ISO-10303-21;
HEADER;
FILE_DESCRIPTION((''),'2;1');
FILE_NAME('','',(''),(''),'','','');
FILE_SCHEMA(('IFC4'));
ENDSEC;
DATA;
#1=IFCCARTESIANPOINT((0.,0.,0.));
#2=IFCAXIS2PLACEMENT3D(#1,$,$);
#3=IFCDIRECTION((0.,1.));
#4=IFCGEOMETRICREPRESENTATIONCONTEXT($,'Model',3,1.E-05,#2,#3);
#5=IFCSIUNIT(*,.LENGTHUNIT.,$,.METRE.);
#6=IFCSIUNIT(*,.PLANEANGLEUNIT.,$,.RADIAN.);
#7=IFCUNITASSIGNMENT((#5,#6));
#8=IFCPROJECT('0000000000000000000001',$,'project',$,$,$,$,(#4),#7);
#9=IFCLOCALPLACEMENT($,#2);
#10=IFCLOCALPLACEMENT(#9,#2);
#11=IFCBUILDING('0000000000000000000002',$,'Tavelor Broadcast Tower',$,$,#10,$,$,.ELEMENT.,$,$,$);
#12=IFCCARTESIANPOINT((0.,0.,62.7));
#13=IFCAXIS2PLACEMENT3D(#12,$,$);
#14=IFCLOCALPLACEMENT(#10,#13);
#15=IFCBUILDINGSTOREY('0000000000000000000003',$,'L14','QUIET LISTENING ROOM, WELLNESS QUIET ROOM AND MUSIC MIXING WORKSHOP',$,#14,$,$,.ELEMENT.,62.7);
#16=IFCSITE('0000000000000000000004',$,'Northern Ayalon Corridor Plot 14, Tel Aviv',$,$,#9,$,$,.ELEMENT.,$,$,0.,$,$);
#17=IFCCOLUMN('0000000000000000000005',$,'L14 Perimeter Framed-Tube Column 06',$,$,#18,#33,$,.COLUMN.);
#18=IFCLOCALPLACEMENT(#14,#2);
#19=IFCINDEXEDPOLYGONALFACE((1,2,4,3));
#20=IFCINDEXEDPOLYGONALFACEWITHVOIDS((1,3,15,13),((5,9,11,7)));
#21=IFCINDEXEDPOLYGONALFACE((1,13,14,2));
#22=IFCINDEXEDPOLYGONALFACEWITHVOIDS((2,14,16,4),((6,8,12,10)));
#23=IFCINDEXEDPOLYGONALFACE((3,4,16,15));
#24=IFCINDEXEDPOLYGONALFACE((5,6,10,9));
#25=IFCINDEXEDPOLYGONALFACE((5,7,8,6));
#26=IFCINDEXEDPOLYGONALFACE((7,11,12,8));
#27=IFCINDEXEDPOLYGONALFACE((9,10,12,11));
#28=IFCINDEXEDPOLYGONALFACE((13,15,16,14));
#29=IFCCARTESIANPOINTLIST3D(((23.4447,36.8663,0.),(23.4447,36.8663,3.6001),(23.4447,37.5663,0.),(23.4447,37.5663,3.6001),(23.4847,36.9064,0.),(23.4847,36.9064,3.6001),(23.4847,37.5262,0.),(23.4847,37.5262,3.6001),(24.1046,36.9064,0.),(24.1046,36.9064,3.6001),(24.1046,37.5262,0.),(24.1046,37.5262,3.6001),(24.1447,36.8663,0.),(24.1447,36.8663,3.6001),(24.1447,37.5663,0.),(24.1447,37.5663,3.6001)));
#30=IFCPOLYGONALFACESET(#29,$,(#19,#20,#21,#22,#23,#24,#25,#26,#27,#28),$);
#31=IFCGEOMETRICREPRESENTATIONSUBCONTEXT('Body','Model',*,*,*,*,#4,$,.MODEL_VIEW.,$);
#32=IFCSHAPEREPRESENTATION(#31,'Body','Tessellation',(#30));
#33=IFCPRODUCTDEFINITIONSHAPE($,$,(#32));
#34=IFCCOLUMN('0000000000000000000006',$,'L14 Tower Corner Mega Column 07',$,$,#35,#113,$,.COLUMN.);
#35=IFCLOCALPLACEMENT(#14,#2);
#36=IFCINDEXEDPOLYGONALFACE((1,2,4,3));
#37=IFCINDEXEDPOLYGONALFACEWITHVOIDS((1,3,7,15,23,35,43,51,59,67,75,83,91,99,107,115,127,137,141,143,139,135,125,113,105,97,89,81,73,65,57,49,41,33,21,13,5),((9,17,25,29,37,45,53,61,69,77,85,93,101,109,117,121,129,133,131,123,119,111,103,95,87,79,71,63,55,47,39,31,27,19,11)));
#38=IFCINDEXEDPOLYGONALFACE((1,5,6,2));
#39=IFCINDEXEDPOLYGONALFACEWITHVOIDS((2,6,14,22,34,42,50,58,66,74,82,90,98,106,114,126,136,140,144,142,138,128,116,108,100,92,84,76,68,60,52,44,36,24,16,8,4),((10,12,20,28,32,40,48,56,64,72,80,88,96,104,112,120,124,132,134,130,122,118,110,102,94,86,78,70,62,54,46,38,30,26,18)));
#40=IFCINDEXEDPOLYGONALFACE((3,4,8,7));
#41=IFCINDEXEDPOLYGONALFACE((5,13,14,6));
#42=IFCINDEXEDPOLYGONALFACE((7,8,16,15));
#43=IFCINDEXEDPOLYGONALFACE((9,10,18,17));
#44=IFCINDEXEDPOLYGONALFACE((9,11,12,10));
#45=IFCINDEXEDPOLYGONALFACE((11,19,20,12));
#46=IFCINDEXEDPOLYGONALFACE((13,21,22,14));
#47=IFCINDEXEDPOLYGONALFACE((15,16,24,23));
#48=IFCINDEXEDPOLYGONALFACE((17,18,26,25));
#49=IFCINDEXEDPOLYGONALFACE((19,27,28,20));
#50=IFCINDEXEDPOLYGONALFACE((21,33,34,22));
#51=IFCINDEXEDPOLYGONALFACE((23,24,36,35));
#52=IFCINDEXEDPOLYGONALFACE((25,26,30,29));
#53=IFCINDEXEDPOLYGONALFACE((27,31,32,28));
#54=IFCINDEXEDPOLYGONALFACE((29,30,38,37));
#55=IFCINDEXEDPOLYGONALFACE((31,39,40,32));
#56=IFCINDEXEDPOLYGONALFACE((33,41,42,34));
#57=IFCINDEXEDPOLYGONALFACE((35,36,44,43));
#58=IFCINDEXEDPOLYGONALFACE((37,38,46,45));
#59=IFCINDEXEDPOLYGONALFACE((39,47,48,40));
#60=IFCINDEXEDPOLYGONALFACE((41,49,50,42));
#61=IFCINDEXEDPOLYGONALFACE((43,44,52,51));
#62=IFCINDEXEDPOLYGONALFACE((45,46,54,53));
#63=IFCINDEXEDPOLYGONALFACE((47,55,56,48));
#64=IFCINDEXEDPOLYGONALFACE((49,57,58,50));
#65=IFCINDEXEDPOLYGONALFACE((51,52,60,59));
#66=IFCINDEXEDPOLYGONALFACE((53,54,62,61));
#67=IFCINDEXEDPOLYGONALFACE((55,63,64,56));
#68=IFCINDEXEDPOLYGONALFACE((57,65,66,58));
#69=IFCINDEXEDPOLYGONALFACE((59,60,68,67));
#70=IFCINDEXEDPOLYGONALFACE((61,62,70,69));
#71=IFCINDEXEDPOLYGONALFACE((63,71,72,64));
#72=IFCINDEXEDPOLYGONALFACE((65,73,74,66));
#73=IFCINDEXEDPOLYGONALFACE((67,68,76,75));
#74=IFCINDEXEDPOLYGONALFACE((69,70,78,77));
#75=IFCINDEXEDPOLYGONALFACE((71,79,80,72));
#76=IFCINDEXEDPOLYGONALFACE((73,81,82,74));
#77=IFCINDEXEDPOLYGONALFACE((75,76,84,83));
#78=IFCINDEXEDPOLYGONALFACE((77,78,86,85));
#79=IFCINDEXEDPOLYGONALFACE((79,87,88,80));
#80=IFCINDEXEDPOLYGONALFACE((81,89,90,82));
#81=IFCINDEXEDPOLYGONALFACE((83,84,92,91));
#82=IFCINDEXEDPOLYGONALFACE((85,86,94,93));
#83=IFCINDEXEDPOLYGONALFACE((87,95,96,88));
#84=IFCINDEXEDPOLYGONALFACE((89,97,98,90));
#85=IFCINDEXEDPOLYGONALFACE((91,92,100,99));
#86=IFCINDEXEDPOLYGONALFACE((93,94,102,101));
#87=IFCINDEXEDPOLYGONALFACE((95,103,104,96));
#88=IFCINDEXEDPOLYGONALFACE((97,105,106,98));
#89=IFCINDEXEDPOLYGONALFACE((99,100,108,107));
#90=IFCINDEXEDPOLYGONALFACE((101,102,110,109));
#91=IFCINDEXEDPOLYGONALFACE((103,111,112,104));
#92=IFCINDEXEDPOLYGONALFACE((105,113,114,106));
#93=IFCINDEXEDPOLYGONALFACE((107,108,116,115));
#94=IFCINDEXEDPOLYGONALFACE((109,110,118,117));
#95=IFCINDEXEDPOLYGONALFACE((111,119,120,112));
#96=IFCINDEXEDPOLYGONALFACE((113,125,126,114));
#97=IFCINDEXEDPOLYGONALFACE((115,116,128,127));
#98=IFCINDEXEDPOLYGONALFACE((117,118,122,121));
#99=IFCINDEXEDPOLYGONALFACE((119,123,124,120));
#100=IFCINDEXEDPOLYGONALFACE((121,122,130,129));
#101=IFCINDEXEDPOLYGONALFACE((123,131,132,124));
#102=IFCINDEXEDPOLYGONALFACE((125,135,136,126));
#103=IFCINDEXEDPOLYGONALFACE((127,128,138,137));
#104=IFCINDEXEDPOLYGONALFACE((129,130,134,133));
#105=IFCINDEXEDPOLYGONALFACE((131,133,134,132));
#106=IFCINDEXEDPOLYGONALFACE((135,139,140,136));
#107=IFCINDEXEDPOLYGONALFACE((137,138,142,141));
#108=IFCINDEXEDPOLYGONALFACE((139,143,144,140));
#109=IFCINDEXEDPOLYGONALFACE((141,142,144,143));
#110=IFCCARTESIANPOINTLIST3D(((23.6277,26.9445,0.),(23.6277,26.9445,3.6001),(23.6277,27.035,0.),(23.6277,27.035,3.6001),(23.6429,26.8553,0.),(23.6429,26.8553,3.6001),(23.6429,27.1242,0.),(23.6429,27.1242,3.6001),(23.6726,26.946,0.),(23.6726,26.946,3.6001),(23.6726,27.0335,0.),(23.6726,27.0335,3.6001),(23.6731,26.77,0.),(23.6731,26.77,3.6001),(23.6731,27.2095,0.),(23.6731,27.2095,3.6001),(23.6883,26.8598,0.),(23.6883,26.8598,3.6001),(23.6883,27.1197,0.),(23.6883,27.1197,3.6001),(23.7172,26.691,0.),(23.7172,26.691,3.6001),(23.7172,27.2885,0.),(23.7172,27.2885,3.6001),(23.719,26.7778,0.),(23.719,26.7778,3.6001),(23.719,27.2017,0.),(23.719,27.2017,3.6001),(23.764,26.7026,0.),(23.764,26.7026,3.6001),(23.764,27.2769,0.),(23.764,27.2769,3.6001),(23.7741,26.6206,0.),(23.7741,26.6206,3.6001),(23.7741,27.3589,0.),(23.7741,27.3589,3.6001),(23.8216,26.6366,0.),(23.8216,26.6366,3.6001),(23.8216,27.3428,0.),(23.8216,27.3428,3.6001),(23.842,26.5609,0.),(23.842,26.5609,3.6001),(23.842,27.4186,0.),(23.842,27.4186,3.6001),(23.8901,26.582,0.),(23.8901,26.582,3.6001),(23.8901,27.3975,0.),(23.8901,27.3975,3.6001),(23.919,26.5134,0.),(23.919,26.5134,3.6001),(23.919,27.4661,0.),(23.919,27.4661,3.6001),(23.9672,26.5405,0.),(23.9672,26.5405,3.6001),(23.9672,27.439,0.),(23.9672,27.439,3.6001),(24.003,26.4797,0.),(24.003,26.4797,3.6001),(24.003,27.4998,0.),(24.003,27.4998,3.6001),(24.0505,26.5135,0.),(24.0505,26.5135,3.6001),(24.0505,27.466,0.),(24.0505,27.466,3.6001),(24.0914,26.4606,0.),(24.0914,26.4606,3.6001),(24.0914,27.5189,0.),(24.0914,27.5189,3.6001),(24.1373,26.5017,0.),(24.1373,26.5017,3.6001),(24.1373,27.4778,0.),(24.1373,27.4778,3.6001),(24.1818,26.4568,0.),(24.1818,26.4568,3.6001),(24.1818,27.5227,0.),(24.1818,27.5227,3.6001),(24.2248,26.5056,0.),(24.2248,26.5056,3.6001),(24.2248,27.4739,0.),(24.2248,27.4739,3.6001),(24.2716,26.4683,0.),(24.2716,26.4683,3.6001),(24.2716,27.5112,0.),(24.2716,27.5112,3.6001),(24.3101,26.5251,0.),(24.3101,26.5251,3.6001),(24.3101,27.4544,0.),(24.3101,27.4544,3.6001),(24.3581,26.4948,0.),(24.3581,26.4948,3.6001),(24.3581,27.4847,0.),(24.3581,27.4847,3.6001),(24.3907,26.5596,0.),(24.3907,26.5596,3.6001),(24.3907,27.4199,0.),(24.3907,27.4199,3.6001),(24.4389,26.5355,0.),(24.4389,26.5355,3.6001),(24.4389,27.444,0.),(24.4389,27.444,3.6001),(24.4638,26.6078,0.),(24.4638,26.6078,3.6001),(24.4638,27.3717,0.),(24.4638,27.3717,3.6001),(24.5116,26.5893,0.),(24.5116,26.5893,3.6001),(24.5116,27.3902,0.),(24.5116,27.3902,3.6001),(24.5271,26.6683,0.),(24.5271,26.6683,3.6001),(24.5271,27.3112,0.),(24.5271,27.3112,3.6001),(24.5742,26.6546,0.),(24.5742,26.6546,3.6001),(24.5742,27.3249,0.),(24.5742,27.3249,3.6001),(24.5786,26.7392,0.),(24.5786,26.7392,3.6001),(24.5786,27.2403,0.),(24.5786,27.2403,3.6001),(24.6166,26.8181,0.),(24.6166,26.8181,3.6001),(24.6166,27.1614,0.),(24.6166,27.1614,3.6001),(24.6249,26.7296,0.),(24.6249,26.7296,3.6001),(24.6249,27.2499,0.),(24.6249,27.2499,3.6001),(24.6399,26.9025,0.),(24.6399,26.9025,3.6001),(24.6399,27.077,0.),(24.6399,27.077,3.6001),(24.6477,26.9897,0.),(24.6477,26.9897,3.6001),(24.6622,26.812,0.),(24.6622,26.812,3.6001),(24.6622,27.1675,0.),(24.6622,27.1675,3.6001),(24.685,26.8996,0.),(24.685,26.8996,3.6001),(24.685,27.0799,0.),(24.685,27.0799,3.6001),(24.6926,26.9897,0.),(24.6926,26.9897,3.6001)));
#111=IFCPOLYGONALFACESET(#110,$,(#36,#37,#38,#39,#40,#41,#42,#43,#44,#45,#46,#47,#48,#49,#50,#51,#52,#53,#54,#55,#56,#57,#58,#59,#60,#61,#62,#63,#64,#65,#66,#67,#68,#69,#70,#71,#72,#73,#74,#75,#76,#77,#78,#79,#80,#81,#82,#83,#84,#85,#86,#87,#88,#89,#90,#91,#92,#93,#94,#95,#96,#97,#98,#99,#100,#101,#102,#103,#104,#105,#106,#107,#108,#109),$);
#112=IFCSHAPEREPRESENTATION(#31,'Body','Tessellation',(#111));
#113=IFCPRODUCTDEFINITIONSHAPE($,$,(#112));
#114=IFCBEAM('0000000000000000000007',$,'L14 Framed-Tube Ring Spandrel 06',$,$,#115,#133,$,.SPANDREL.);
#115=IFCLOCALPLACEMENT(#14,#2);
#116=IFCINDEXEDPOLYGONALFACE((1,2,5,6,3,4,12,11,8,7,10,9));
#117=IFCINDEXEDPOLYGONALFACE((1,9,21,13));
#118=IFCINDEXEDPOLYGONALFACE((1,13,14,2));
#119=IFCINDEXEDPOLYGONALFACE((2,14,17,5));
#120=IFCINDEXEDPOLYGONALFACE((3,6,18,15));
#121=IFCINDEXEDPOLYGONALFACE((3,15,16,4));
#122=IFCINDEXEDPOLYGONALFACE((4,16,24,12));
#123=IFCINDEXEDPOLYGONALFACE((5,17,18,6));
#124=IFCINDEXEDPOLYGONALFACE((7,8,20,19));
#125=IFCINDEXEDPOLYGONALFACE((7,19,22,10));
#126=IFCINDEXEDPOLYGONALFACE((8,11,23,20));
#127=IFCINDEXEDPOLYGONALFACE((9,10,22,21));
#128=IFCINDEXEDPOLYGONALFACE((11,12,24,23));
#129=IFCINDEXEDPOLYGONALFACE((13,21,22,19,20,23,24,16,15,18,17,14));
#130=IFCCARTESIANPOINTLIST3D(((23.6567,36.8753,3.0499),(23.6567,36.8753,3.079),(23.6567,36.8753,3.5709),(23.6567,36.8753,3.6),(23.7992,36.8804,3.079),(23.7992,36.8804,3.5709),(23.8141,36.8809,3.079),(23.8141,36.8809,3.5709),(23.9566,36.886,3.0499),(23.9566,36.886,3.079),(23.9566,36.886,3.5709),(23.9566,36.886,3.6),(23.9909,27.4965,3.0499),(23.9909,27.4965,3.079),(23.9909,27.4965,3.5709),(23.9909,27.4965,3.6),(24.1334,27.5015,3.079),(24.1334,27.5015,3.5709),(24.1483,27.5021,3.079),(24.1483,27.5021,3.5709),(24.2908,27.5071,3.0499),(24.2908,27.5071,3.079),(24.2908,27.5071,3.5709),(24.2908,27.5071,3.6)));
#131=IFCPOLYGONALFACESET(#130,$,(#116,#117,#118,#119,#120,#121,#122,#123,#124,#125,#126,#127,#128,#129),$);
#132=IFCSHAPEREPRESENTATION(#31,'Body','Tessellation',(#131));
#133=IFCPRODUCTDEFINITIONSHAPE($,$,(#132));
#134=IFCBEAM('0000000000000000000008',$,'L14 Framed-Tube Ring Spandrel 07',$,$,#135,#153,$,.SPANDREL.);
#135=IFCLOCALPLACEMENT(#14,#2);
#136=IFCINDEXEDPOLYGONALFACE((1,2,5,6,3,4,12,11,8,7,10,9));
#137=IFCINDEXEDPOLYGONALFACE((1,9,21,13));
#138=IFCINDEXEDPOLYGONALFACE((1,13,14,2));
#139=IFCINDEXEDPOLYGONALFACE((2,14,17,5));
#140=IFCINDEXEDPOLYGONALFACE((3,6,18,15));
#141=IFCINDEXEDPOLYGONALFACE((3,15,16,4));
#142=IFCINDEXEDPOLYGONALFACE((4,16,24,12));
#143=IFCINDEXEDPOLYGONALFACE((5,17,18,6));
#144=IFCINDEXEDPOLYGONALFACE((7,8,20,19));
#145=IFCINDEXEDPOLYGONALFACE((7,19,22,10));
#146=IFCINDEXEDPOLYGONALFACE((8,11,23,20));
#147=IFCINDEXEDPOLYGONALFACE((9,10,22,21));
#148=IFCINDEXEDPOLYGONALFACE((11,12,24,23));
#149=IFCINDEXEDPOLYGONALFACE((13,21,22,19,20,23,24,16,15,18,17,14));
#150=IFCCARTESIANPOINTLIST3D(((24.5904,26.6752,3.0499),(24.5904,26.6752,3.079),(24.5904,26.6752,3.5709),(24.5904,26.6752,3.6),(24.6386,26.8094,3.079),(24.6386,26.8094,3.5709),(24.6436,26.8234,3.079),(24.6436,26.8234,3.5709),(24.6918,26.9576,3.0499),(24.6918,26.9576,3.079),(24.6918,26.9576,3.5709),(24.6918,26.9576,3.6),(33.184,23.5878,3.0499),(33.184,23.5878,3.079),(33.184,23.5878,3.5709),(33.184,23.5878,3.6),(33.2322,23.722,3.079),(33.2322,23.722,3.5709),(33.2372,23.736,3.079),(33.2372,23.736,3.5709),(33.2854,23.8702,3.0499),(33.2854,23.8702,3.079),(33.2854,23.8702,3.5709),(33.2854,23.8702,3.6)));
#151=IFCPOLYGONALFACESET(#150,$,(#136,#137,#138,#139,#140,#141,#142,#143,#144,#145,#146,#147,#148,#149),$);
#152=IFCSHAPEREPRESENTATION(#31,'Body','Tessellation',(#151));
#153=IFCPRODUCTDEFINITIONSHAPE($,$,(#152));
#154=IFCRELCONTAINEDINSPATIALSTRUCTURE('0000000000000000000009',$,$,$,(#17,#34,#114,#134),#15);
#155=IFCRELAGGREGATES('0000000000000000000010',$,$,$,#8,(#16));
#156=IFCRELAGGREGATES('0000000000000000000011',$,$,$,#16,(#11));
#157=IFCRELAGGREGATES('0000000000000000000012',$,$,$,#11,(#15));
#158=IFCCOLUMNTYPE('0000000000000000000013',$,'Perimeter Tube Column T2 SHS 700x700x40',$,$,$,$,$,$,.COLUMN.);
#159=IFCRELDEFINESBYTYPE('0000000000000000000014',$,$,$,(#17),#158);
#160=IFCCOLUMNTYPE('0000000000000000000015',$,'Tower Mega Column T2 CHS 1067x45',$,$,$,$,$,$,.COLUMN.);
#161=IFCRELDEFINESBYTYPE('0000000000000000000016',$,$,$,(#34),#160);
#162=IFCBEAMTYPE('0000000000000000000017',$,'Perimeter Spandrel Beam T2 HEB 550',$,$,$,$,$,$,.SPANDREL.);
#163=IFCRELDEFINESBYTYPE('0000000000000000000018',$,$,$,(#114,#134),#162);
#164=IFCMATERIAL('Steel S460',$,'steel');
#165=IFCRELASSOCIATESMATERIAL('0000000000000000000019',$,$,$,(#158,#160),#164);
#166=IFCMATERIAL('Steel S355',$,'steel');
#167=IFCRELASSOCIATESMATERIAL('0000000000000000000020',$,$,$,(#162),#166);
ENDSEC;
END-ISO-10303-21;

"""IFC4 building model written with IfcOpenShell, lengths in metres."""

from ifc_helpers import new_model, si_unit, direction, frame, origin, origin_2d, place, context, subcontext, project, spatial, hollow_rectangle, hollow_circle, i_section, extrude, material, material_profile, profile_set, type_object, element, save


model = new_model("IFC4")

# Units and contexts
model_context = context("Model", 3, precision=1e-05, world=origin(), true_north=direction((0.0, 1.0)))
body_context = subcontext(model_context, "Body", "Model", "MODEL_VIEW")
ifc_project = project(units=[si_unit("LENGTHUNIT", "METRE"), si_unit("PLANEANGLEUNIT", "RADIAN")], contexts=[model_context])

# Site, building, storey
site_placement = place(None, origin())
site = spatial("IfcSite", under=ifc_project, at=site_placement, Name="Northern Ayalon Corridor Plot 14, Tel Aviv", CompositionType="ELEMENT", RefElevation=0.0)
building_placement = place(site_placement, origin())
building = spatial("IfcBuilding", under=site, at=building_placement, Name="Tavelor Broadcast Tower", CompositionType="ELEMENT")
storey_placement = place(building_placement, frame((0.0, 0.0, 62.7)))
storey = spatial("IfcBuildingStorey", under=building, at=storey_placement, Name="L14", Description="QUIET LISTENING ROOM, WELLNESS QUIET ROOM AND MUSIC MIXING WORKSHOP", CompositionType="ELEMENT", Elevation=62.7)

# Columns
ifc_material_1 = material(Name="Steel S460", Category="steel")
ifc_material_profile_1 = material_profile(ifc_material_1, hollow_rectangle(XDim=0.7, YDim=0.7, WallThickness=0.04, at=origin_2d()), Name="SHS 700x700x40")
ifc_profile_set_1 = profile_set([ifc_material_profile_1], Name="Steel S460")
column_type_1 = type_object("IfcColumnType", Name="Perimeter Tube Column T2 SHS 700x700x40", PredefinedType="COLUMN", material=ifc_profile_set_1)
column_1_placement = place(storey_placement, frame((23.7947, 37.2163, 0.0), z_axis=(0.0, 0.0, 1.0), x_axis=(1.0, 0.0, 0.0)))
element("IfcColumn", 1, at=column_1_placement, inside=storey, type_object=column_type_1, Name="L14 Perimeter Framed-Tube Column 06", PredefinedType="COLUMN", context=body_context, shape_type="SweptSolid", body=[
    extrude(hollow_rectangle(XDim=0.7, YDim=0.7, WallThickness=0.04, at=origin_2d()), origin(), (0.0, 0.0, 1.0), 3.6001),
])
ifc_material_profile_2 = material_profile(ifc_material_1, hollow_circle(Radius=0.5334, WallThickness=0.0449, at=origin_2d()), Name="CHS 1067x45")
ifc_profile_set_2 = profile_set([ifc_material_profile_2], Name="Steel S460")
column_type_2 = type_object("IfcColumnType", Name="Tower Mega Column T2 CHS 1067x45", PredefinedType="COLUMN", material=ifc_profile_set_2)
column_2_placement = place(storey_placement, frame((24.1592, 26.9897, 0.0), z_axis=(0.0, 0.0, 1.0), x_axis=(1.0, 0.0, 0.0)))
element("IfcColumn", 2, at=column_2_placement, inside=storey, type_object=column_type_2, Name="L14 Tower Corner Mega Column 07", PredefinedType="COLUMN", context=body_context, shape_type="SweptSolid", body=[
    extrude(hollow_circle(Radius=0.5334, WallThickness=0.0449, at=origin_2d()), origin(), (0.0, 0.0, 1.0), 3.6001),
])

# Beams
ifc_material_2 = material(Name="Steel S355", Category="steel")
ifc_material_profile_3 = material_profile(ifc_material_2, i_section(OverallWidth=0.3, OverallDepth=0.55, WebThickness=0.0149, FlangeThickness=0.0291, at=origin_2d()), Name="HEB 550")
ifc_profile_set_3 = profile_set([ifc_material_profile_3], Name="Steel S355")
beam_type = type_object("IfcBeamType", Name="Perimeter Spandrel Beam T2 HEB 550", PredefinedType="SPANDREL", material=ifc_profile_set_3)
beam_1_placement = place(storey_placement, frame((23.8066, 36.8806, 3.325), z_axis=(0.035614, -0.999366, 0.0), x_axis=(0.999366, 0.035614, 0.0)))
element("IfcBeam", 3, at=beam_1_placement, inside=storey, type_object=beam_type, Name="L14 Framed-Tube Ring Spandrel 06", PredefinedType="SPANDREL", context=body_context, shape_type="SweptSolid", body=[
    extrude(i_section(OverallWidth=0.3, OverallDepth=0.55, WebThickness=0.0149, FlangeThickness=0.0291, at=origin_2d()), origin(), (0.0, 0.0, 1.0), 9.3848),
])
beam_2_placement = place(storey_placement, frame((24.6411, 26.8164, 3.325), z_axis=(0.941106, -0.338113, 0.0), x_axis=(0.338113, 0.941106, 0.0)))
element("IfcBeam", 4, at=beam_2_placement, inside=storey, type_object=beam_type, Name="L14 Framed-Tube Ring Spandrel 07", PredefinedType="SPANDREL", context=body_context, shape_type="SweptSolid", body=[
    extrude(i_section(OverallWidth=0.3, OverallDepth=0.55, WebThickness=0.0149, FlangeThickness=0.0291, at=origin_2d()), origin(), (0.0, 0.0, 1.0), 9.1313),
])

save(model, "model.ifc")
